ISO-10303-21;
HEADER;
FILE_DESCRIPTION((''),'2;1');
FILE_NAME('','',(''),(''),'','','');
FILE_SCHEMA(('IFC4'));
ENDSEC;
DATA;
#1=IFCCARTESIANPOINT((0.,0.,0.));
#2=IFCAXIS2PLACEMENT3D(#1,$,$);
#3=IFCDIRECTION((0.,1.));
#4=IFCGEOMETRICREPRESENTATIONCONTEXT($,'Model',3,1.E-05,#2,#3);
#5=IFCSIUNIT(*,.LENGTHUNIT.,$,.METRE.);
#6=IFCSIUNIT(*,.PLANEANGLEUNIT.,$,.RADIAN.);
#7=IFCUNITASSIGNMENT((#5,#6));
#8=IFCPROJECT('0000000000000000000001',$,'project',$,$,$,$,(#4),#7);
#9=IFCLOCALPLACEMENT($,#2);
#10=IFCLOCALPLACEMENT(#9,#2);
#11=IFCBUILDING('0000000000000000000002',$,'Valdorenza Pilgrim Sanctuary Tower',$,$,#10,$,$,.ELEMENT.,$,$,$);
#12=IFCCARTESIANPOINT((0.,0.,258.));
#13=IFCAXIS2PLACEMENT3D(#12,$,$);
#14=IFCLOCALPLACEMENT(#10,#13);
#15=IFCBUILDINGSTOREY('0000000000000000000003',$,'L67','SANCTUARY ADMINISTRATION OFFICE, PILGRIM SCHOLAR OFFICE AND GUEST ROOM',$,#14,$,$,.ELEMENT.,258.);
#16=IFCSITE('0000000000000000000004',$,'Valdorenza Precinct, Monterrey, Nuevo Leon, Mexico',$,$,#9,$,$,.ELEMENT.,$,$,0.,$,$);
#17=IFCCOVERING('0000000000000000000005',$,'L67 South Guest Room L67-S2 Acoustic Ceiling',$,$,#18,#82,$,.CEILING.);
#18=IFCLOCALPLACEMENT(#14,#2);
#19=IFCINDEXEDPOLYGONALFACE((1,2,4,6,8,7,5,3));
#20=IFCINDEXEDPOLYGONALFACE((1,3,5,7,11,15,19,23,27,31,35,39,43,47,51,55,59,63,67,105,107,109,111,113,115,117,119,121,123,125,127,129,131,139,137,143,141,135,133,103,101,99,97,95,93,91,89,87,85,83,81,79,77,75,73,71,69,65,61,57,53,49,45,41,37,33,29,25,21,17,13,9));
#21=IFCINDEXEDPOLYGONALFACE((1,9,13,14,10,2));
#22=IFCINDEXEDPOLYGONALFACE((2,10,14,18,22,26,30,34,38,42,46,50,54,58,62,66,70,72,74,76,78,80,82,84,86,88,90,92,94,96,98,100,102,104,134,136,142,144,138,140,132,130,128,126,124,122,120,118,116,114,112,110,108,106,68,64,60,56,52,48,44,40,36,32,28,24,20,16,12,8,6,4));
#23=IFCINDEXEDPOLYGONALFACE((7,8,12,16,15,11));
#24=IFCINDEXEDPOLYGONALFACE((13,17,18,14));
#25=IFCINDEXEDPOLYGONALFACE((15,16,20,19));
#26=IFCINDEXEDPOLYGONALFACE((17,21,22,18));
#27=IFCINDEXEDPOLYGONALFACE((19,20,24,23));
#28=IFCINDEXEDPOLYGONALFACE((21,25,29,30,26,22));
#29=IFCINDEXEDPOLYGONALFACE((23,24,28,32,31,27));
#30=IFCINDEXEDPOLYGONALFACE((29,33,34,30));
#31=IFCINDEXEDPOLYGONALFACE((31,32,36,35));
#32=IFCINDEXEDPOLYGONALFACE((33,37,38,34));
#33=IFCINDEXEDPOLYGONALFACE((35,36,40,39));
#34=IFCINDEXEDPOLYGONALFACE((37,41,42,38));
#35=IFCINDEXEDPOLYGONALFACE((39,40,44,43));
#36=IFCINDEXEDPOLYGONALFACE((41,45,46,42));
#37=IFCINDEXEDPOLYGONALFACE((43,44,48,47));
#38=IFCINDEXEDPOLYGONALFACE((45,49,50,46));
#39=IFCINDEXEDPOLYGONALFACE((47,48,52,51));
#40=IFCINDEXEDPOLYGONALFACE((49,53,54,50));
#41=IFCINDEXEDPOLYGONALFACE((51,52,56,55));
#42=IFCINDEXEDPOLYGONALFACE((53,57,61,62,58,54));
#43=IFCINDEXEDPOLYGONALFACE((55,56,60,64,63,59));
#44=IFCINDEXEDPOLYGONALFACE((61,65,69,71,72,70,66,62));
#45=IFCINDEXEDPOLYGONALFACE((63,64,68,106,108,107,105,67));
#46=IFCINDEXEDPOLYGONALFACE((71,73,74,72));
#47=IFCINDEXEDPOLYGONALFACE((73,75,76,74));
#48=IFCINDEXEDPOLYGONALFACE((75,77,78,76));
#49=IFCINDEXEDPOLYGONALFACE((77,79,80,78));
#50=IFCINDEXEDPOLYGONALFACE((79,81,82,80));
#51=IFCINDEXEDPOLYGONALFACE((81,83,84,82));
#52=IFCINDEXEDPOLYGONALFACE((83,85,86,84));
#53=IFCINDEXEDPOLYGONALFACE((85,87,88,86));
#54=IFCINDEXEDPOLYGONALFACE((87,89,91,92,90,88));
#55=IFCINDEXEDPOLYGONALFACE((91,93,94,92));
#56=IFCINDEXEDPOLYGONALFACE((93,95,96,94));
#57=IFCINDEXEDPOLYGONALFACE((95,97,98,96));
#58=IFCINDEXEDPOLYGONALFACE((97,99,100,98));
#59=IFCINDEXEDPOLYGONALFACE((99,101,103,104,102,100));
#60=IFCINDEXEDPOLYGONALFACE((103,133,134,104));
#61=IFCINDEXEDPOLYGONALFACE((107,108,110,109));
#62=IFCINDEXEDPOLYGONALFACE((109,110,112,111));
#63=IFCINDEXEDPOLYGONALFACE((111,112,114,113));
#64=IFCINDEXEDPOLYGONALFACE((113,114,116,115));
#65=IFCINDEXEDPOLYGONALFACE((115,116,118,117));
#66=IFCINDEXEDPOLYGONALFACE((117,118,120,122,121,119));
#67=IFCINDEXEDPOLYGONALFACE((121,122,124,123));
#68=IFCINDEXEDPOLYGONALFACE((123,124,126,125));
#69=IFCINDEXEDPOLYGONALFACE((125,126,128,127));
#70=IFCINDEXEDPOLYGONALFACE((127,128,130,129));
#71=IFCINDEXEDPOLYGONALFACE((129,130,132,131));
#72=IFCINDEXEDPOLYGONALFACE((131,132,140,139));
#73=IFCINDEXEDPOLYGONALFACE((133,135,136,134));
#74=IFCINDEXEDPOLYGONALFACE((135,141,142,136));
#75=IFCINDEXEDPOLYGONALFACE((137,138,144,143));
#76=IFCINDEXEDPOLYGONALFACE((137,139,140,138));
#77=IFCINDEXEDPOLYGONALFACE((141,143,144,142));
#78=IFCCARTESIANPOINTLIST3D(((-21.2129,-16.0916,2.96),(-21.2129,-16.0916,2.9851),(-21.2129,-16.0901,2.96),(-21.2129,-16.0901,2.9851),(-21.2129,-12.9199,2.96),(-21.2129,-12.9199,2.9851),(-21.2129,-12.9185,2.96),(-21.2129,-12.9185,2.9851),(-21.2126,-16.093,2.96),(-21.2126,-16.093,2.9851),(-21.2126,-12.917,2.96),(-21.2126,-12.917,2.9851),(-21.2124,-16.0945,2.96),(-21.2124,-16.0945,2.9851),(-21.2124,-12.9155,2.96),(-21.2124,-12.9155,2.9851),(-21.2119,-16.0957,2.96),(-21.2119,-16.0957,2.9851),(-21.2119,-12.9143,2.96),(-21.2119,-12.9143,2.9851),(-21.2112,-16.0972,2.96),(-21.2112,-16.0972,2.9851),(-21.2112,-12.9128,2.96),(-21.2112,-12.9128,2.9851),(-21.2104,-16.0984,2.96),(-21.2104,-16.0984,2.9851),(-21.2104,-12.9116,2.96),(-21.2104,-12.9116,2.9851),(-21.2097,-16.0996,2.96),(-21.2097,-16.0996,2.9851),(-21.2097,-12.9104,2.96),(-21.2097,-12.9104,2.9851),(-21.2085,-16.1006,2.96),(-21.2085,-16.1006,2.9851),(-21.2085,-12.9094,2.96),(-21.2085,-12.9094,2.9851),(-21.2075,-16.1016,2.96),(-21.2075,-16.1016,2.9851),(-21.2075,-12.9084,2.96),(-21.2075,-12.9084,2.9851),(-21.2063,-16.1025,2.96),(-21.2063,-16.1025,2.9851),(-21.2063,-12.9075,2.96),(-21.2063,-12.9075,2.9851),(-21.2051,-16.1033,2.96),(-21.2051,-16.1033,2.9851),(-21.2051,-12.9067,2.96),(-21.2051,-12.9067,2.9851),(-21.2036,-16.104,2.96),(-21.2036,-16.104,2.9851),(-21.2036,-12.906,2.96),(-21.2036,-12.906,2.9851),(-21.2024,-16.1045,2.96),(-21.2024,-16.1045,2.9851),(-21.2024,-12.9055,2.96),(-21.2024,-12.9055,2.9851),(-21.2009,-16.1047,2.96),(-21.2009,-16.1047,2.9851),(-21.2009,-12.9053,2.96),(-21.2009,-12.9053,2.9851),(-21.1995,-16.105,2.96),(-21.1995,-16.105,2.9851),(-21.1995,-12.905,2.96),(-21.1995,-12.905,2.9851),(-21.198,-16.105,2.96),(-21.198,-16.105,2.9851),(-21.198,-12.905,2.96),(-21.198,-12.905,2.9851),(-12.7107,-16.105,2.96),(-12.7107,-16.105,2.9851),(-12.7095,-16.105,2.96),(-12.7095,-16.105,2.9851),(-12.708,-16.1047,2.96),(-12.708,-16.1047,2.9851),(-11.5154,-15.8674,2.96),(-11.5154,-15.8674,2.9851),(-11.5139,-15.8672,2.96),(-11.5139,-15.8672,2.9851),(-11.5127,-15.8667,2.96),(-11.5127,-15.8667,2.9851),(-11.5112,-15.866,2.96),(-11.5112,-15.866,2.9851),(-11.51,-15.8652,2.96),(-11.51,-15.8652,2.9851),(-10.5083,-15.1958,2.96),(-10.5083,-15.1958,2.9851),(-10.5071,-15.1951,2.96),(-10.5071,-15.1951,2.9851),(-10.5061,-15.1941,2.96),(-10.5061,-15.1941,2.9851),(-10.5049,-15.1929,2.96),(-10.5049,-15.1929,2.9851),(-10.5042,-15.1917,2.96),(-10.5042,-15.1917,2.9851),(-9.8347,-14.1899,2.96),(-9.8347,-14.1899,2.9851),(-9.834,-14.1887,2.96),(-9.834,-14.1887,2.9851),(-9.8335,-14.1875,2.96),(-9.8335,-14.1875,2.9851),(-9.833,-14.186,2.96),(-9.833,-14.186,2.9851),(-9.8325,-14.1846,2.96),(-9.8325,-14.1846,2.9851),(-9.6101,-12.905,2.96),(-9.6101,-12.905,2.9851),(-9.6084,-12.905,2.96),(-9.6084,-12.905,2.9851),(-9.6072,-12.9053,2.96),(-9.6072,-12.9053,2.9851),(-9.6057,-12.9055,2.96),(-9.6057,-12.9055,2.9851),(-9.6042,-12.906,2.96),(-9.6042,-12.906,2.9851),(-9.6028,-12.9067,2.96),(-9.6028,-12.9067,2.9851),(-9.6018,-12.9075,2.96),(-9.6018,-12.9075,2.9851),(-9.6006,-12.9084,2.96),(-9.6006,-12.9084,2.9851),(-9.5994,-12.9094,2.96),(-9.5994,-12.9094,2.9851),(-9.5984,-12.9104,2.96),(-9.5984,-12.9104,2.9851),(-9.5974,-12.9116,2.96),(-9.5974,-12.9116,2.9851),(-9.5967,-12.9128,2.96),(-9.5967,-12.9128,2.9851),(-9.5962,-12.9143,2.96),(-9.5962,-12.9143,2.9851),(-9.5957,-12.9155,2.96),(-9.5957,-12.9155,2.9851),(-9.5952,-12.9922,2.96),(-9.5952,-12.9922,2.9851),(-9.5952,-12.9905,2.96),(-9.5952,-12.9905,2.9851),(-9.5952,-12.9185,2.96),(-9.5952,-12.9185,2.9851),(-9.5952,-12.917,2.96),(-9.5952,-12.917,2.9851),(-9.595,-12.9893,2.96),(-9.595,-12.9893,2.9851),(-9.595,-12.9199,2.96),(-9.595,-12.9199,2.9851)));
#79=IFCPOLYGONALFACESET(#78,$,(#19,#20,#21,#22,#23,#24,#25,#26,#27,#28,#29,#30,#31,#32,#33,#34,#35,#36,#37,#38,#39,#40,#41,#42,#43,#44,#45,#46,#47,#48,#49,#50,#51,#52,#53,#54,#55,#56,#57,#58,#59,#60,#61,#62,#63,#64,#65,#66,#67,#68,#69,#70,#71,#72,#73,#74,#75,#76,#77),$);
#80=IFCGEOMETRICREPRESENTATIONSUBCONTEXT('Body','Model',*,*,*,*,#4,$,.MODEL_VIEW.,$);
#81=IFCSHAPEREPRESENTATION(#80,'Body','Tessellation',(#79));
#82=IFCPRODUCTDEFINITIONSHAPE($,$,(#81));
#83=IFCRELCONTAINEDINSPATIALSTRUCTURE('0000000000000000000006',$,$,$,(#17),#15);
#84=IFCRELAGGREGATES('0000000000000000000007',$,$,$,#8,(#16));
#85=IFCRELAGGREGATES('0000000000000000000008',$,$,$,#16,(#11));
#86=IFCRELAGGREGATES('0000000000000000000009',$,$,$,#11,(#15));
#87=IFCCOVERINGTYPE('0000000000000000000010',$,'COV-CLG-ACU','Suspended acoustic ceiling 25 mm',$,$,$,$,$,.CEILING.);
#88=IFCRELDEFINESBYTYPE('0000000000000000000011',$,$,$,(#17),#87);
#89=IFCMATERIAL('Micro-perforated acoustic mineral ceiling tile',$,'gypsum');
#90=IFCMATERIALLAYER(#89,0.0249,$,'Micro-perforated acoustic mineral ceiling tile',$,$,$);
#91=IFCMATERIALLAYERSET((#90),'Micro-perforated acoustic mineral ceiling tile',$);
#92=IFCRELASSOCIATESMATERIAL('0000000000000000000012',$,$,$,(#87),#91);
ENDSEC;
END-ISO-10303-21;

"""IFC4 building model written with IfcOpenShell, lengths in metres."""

from ifc_helpers import new_model, si_unit, direction, frame, origin, place, context, subcontext, project, spatial, polyline, outline, extrude, material, layer, layer_set, type_object, element, save


model = new_model("IFC4")

# Units and contexts
model_context = context("Model", 3, precision=1e-05, world=origin(), true_north=direction((0.0, 1.0)))
body_context = subcontext(model_context, "Body", "Model", "MODEL_VIEW")
ifc_project = project(units=[si_unit("LENGTHUNIT", "METRE"), si_unit("PLANEANGLEUNIT", "RADIAN")], contexts=[model_context])

# Site, building, storey
site_placement = place(None, origin())
site = spatial("IfcSite", under=ifc_project, at=site_placement, Name="Valdorenza Precinct, Monterrey, Nuevo Leon, Mexico", CompositionType="ELEMENT", RefElevation=0.0)
building_placement = place(site_placement, origin())
building = spatial("IfcBuilding", under=site, at=building_placement, Name="Valdorenza Pilgrim Sanctuary Tower", CompositionType="ELEMENT")
storey_placement = place(building_placement, frame((0.0, 0.0, 258.0)))
storey = spatial("IfcBuildingStorey", under=building, at=storey_placement, Name="L67", Description="SANCTUARY ADMINISTRATION OFFICE, PILGRIM SCHOLAR OFFICE AND GUEST ROOM", CompositionType="ELEMENT", Elevation=258.0)

# Covering
ifc_material_1 = material(Name="Micro-perforated acoustic mineral ceiling tile", Category="gypsum")
ifc_layer_1 = layer(ifc_material_1, 0.0249, Name="Micro-perforated acoustic mineral ceiling tile")
ifc_layer_set_1 = layer_set([ifc_layer_1], Name="Micro-perforated acoustic mineral ceiling tile")
covering_type_1 = type_object("IfcCoveringType", Name="COV-CLG-ACU", Description="Suspended acoustic ceiling 25 mm", PredefinedType="CEILING", material=ifc_layer_set_1)
covering_1_placement = place(storey_placement, frame((0.0, 0.0, 2.96)))
element("IfcCovering", 1, at=covering_1_placement, inside=storey, type_object=covering_type_1, Name="L67 South Guest Room L67-S2 Acoustic Ceiling", PredefinedType="CEILING", context=body_context, shape_type="SweptSolid", body=[
    extrude(outline(polyline([(-9.6101, -12.905), (-9.6084, -12.905), (-9.6072, -12.9053), (-9.6057, -12.9055), (-9.6042, -12.906), (-9.6028, -12.9067), (-9.6018, -12.9075), (-9.6006, -12.9084), (-9.5994, -12.9094), (-9.5984, -12.9104), (-9.5974, -12.9116), (-9.5967, -12.9128), (-9.5962, -12.9143), (-9.5957, -12.9155), (-9.5952, -12.917), (-9.5952, -12.9185), (-9.595, -12.9199), (-9.595, -12.9893), (-9.5952, -12.9905), (-9.5952, -12.9922), (-9.8325, -14.1846), (-9.833, -14.186), (-9.8335, -14.1875), (-9.834, -14.1887), (-9.8347, -14.1899), (-10.5042, -15.1917), (-10.5049, -15.1929), (-10.5061, -15.1941), (-10.5071, -15.1951), (-10.5083, -15.1958), (-11.51, -15.8652), (-11.5112, -15.866), (-11.5127, -15.8667), (-11.5139, -15.8672), (-11.5154, -15.8674), (-12.708, -16.1047), (-12.7095, -16.105), (-12.7107, -16.105), (-21.198, -16.105), (-21.1995, -16.105), (-21.2009, -16.1047), (-21.2024, -16.1045), (-21.2036, -16.104), (-21.2051, -16.1033), (-21.2063, -16.1025), (-21.2075, -16.1016), (-21.2085, -16.1006), (-21.2097, -16.0996), (-21.2104, -16.0984), (-21.2112, -16.0972), (-21.2119, -16.0957), (-21.2124, -16.0945), (-21.2126, -16.093), (-21.2129, -16.0916), (-21.2129, -16.0901), (-21.2129, -12.9199), (-21.2129, -12.9185), (-21.2126, -12.917), (-21.2124, -12.9155), (-21.2119, -12.9143), (-21.2112, -12.9128), (-21.2104, -12.9116), (-21.2097, -12.9104), (-21.2085, -12.9094), (-21.2075, -12.9084), (-21.2063, -12.9075), (-21.2051, -12.9067), (-21.2036, -12.906), (-21.2024, -12.9055), (-21.2009, -12.9053), (-21.1995, -12.905), (-21.198, -12.905), (-9.6101, -12.905)])), origin(), (0.0, 0.0, 1.0), 0.0251),
])

save(model, "model.ifc")
